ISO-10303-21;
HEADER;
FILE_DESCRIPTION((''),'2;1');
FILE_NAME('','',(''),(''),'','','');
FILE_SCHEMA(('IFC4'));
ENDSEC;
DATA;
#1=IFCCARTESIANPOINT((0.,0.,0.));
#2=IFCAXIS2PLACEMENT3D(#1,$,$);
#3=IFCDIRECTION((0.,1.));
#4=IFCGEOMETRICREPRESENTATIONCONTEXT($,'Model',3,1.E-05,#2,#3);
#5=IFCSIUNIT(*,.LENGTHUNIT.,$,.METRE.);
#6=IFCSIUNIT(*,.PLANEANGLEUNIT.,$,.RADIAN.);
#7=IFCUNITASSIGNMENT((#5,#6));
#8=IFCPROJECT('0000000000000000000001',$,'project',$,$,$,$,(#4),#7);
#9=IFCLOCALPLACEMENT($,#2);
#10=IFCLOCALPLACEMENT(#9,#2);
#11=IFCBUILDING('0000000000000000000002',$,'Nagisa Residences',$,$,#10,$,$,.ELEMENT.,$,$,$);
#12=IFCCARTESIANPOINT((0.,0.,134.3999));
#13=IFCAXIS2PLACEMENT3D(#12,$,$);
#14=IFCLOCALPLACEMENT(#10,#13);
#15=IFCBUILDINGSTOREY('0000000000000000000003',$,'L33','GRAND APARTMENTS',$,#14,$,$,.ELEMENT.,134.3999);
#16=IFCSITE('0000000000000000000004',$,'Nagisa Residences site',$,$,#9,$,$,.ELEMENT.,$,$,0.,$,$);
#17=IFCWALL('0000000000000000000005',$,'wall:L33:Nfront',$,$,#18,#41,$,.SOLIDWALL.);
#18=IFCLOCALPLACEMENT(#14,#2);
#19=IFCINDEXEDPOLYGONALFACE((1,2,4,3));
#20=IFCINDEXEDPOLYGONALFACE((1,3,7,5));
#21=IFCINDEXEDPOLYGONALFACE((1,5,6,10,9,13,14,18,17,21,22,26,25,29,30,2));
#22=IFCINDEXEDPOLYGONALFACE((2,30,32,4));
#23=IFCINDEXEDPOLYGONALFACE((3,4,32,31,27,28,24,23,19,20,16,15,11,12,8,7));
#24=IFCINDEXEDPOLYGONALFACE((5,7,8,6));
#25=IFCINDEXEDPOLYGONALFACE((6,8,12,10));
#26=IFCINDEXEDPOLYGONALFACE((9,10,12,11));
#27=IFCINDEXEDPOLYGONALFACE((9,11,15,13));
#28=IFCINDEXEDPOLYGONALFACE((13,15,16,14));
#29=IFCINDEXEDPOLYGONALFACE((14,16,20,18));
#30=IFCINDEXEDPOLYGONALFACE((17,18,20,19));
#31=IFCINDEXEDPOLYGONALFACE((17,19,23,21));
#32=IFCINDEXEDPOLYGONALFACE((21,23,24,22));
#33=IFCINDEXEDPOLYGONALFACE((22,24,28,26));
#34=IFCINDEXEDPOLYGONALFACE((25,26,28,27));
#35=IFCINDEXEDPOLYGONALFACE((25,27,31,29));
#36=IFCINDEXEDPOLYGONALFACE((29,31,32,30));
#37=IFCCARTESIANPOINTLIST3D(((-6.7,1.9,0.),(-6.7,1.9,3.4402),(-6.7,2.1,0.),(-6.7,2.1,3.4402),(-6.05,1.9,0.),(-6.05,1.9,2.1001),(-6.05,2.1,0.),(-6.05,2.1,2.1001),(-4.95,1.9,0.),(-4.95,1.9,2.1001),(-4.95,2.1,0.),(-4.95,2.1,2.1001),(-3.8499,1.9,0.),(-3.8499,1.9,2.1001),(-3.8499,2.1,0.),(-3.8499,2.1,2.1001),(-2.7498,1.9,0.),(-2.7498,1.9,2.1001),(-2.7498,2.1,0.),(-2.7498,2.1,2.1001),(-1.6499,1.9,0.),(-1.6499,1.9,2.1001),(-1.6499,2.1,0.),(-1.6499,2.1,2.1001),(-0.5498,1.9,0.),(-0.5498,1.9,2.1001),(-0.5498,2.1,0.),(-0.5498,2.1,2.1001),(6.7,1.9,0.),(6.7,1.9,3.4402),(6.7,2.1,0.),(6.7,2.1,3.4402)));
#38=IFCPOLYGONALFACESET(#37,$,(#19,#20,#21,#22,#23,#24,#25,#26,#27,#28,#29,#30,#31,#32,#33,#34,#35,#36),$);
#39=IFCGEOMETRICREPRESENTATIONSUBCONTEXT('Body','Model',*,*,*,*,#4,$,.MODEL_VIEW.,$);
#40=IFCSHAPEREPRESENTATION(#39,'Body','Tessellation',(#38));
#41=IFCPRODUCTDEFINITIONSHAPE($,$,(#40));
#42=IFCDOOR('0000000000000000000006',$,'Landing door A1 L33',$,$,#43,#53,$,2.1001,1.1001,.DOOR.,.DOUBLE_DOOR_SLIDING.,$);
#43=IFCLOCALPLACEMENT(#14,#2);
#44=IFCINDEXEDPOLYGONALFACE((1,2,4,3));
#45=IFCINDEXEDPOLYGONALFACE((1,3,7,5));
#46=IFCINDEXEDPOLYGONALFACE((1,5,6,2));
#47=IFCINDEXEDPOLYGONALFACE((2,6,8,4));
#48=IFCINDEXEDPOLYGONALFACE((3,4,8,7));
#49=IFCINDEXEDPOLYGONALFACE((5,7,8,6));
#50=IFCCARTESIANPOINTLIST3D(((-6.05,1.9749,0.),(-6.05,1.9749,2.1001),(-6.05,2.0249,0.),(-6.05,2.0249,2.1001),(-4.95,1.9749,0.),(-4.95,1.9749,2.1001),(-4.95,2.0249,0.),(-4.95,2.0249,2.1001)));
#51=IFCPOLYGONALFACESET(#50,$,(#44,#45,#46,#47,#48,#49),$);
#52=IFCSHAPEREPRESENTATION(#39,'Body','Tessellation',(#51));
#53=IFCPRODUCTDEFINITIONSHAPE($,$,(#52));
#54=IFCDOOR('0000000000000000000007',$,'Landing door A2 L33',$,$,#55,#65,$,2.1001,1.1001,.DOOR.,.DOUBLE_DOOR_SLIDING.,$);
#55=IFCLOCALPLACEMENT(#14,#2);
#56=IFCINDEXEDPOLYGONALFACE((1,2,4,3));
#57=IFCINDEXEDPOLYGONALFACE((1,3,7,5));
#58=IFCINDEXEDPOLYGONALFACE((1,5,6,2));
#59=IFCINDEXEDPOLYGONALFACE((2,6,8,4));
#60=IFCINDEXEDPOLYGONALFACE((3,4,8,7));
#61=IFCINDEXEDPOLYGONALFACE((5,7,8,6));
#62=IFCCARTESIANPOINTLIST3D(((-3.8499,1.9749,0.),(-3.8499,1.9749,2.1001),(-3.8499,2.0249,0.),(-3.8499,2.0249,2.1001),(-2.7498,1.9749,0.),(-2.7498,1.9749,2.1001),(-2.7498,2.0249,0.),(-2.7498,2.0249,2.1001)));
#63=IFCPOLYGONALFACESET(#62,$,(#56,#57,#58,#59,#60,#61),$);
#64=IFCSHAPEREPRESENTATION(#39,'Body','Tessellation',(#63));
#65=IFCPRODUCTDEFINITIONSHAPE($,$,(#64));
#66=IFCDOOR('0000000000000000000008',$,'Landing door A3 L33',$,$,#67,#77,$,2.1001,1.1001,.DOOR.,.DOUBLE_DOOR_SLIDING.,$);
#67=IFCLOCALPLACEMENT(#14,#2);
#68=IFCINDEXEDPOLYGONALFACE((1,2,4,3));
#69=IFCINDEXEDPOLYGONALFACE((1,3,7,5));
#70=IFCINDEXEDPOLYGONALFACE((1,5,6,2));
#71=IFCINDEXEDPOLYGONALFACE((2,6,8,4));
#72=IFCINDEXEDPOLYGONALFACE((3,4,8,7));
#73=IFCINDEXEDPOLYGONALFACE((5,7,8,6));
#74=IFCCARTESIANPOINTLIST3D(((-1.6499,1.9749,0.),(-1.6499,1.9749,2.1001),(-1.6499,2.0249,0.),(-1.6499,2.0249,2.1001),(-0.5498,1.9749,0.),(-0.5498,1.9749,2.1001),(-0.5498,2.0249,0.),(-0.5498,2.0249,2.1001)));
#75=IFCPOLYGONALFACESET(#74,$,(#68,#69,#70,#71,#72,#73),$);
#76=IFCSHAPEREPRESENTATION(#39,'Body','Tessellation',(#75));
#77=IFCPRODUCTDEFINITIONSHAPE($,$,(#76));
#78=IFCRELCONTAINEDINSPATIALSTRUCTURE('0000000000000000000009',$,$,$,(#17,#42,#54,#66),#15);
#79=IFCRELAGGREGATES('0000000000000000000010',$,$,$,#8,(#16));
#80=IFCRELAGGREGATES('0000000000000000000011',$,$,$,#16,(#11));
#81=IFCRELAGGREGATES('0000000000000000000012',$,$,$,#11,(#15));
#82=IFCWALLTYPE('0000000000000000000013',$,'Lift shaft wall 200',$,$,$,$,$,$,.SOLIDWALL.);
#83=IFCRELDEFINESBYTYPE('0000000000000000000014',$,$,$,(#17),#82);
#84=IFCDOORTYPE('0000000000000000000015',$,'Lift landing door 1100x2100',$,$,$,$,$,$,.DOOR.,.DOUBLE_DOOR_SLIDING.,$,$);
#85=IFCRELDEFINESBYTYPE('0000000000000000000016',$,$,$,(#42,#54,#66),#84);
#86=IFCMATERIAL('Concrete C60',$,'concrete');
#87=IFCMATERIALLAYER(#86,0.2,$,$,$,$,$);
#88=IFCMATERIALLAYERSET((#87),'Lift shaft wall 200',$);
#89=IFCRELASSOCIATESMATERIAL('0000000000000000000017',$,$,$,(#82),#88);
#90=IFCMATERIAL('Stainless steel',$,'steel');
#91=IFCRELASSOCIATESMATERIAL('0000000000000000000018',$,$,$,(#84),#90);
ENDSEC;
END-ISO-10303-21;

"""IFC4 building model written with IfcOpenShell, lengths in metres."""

from ifc_helpers import new_model, si_unit, direction, frame, frame_2d, origin, place, context, subcontext, project, spatial, rectangle, extrude, material, layer, layer_set, type_object, element, fill, save


model = new_model("IFC4")

# Units and contexts
model_context = context("Model", 3, precision=1e-05, world=origin(), true_north=direction((0.0, 1.0)))
body_context = subcontext(model_context, "Body", "Model", "MODEL_VIEW")
ifc_project = project(units=[si_unit("LENGTHUNIT", "METRE"), si_unit("PLANEANGLEUNIT", "RADIAN")], contexts=[model_context])

# Site, building, storey
site_placement = place(None, origin())
site = spatial("IfcSite", under=ifc_project, at=site_placement, Name="Nagisa Residences site", CompositionType="ELEMENT", RefElevation=0.0)
building_placement = place(site_placement, origin())
building = spatial("IfcBuilding", under=site, at=building_placement, Name="Nagisa Residences", CompositionType="ELEMENT")
storey_placement = place(building_placement, frame((0.0, 0.0, 134.3999)))
storey = spatial("IfcBuildingStorey", under=building, at=storey_placement, Name="L33", Description="GRAND APARTMENTS", CompositionType="ELEMENT", Elevation=134.3999)

# Wall, openings, doors
ifc_material_1 = material(Name="Concrete C60", Category="concrete")
ifc_layer_1 = layer(ifc_material_1, 0.2)
ifc_layer_set_1 = layer_set([ifc_layer_1], Name="Lift shaft wall 200")
wall_type_1 = type_object("IfcWallType", Name="Lift shaft wall 200", PredefinedType="SOLIDWALL", material=ifc_layer_set_1)
wall_1_placement = place(storey_placement, frame((-6.7, 2.0, 0.0), z_axis=(0.0, 0.0, 1.0), x_axis=(1.0, 0.0, 0.0)))
wall_1 = element("IfcWall", 1, at=wall_1_placement, inside=storey, type_object=wall_type_1, Name="wall:L33:Nfront", PredefinedType="SOLIDWALL", context=body_context, shape_type="SweptSolid", body=[
    extrude(rectangle(XDim=13.3999, YDim=0.2, at=frame_2d((6.7, 0.0))), origin(), (0.0, 0.0, 1.0), 3.4402),
])
opening_1_placement = place(wall_1_placement, frame((0.6499, 0.0, 0.0)))
opening_1 = element("IfcOpeningElement", 2, at=opening_1_placement, cuts=wall_1, PredefinedType="OPENING", context=body_context, shape_type="SweptSolid", body=[
    extrude(rectangle(XDim=1.1001, YDim=2.1001, at=frame_2d((0.55, 1.05))), frame((0.0, 0.1099, 0.0), z_axis=(0.0, -1.0, 0.0), x_axis=(1.0, 0.0, 0.0)), (0.0, 0.0, 1.0), 0.22),
])
opening_2_placement = place(wall_1_placement, frame((2.8501, 0.0, 0.0)))
opening_2 = element("IfcOpeningElement", 3, at=opening_2_placement, cuts=wall_1, PredefinedType="OPENING", context=body_context, shape_type="SweptSolid", body=[
    extrude(rectangle(XDim=1.1001, YDim=2.1001, at=frame_2d((0.55, 1.05))), frame((0.0, 0.1099, 0.0), z_axis=(0.0, -1.0, 0.0), x_axis=(1.0, 0.0, 0.0)), (0.0, 0.0, 1.0), 0.22),
])
opening_3_placement = place(wall_1_placement, frame((5.05, 0.0, 0.0)))
opening_3 = element("IfcOpeningElement", 4, at=opening_3_placement, cuts=wall_1, PredefinedType="OPENING", context=body_context, shape_type="SweptSolid", body=[
    extrude(rectangle(XDim=1.1001, YDim=2.1001, at=frame_2d((0.55, 1.05))), frame((0.0, 0.1099, 0.0), z_axis=(0.0, -1.0, 0.0), x_axis=(1.0, 0.0, 0.0)), (0.0, 0.0, 1.0), 0.22),
])
ifc_material_2 = material(Name="Stainless steel", Category="steel")
door_type_1 = type_object("IfcDoorType", Name="Lift landing door 1100x2100", OperationType="DOUBLE_DOOR_SLIDING", PredefinedType="DOOR", material=ifc_material_2)
door_1_placement = place(opening_1_placement, origin())
door_1 = element("IfcDoor", 5, at=door_1_placement, inside=storey, type_object=door_type_1, Name="Landing door A1 L33", OperationType="DOUBLE_DOOR_SLIDING", OverallHeight=2.1001, OverallWidth=1.1001, PredefinedType="DOOR", context=body_context, shape_type="SweptSolid", body=[
    extrude(rectangle(XDim=1.1001, YDim=2.1001, at=frame_2d((0.55, 1.05))), frame((0.0, 0.0249, 0.0), z_axis=(0.0, -1.0, 0.0), x_axis=(1.0, 0.0, 0.0)), (0.0, 0.0, 1.0), 0.05),
])
fill(opening_1, door_1)
door_2_placement = place(opening_2_placement, origin())
door_2 = element("IfcDoor", 6, at=door_2_placement, inside=storey, type_object=door_type_1, Name="Landing door A2 L33", OperationType="DOUBLE_DOOR_SLIDING", OverallHeight=2.1001, OverallWidth=1.1001, PredefinedType="DOOR", context=body_context, shape_type="SweptSolid", body=[
    extrude(rectangle(XDim=1.1001, YDim=2.1001, at=frame_2d((0.55, 1.05))), frame((0.0, 0.0249, 0.0), z_axis=(0.0, -1.0, 0.0), x_axis=(1.0, 0.0, 0.0)), (0.0, 0.0, 1.0), 0.05),
])
fill(opening_2, door_2)
door_3_placement = place(opening_3_placement, origin())
door_3 = element("IfcDoor", 7, at=door_3_placement, inside=storey, type_object=door_type_1, Name="Landing door A3 L33", OperationType="DOUBLE_DOOR_SLIDING", OverallHeight=2.1001, OverallWidth=1.1001, PredefinedType="DOOR", context=body_context, shape_type="SweptSolid", body=[
    extrude(rectangle(XDim=1.1001, YDim=2.1001, at=frame_2d((0.55, 1.05))), frame((0.0, 0.0249, 0.0), z_axis=(0.0, -1.0, 0.0), x_axis=(1.0, 0.0, 0.0)), (0.0, 0.0, 1.0), 0.05),
])
fill(opening_3, door_3)

save(model, "model.ifc")
